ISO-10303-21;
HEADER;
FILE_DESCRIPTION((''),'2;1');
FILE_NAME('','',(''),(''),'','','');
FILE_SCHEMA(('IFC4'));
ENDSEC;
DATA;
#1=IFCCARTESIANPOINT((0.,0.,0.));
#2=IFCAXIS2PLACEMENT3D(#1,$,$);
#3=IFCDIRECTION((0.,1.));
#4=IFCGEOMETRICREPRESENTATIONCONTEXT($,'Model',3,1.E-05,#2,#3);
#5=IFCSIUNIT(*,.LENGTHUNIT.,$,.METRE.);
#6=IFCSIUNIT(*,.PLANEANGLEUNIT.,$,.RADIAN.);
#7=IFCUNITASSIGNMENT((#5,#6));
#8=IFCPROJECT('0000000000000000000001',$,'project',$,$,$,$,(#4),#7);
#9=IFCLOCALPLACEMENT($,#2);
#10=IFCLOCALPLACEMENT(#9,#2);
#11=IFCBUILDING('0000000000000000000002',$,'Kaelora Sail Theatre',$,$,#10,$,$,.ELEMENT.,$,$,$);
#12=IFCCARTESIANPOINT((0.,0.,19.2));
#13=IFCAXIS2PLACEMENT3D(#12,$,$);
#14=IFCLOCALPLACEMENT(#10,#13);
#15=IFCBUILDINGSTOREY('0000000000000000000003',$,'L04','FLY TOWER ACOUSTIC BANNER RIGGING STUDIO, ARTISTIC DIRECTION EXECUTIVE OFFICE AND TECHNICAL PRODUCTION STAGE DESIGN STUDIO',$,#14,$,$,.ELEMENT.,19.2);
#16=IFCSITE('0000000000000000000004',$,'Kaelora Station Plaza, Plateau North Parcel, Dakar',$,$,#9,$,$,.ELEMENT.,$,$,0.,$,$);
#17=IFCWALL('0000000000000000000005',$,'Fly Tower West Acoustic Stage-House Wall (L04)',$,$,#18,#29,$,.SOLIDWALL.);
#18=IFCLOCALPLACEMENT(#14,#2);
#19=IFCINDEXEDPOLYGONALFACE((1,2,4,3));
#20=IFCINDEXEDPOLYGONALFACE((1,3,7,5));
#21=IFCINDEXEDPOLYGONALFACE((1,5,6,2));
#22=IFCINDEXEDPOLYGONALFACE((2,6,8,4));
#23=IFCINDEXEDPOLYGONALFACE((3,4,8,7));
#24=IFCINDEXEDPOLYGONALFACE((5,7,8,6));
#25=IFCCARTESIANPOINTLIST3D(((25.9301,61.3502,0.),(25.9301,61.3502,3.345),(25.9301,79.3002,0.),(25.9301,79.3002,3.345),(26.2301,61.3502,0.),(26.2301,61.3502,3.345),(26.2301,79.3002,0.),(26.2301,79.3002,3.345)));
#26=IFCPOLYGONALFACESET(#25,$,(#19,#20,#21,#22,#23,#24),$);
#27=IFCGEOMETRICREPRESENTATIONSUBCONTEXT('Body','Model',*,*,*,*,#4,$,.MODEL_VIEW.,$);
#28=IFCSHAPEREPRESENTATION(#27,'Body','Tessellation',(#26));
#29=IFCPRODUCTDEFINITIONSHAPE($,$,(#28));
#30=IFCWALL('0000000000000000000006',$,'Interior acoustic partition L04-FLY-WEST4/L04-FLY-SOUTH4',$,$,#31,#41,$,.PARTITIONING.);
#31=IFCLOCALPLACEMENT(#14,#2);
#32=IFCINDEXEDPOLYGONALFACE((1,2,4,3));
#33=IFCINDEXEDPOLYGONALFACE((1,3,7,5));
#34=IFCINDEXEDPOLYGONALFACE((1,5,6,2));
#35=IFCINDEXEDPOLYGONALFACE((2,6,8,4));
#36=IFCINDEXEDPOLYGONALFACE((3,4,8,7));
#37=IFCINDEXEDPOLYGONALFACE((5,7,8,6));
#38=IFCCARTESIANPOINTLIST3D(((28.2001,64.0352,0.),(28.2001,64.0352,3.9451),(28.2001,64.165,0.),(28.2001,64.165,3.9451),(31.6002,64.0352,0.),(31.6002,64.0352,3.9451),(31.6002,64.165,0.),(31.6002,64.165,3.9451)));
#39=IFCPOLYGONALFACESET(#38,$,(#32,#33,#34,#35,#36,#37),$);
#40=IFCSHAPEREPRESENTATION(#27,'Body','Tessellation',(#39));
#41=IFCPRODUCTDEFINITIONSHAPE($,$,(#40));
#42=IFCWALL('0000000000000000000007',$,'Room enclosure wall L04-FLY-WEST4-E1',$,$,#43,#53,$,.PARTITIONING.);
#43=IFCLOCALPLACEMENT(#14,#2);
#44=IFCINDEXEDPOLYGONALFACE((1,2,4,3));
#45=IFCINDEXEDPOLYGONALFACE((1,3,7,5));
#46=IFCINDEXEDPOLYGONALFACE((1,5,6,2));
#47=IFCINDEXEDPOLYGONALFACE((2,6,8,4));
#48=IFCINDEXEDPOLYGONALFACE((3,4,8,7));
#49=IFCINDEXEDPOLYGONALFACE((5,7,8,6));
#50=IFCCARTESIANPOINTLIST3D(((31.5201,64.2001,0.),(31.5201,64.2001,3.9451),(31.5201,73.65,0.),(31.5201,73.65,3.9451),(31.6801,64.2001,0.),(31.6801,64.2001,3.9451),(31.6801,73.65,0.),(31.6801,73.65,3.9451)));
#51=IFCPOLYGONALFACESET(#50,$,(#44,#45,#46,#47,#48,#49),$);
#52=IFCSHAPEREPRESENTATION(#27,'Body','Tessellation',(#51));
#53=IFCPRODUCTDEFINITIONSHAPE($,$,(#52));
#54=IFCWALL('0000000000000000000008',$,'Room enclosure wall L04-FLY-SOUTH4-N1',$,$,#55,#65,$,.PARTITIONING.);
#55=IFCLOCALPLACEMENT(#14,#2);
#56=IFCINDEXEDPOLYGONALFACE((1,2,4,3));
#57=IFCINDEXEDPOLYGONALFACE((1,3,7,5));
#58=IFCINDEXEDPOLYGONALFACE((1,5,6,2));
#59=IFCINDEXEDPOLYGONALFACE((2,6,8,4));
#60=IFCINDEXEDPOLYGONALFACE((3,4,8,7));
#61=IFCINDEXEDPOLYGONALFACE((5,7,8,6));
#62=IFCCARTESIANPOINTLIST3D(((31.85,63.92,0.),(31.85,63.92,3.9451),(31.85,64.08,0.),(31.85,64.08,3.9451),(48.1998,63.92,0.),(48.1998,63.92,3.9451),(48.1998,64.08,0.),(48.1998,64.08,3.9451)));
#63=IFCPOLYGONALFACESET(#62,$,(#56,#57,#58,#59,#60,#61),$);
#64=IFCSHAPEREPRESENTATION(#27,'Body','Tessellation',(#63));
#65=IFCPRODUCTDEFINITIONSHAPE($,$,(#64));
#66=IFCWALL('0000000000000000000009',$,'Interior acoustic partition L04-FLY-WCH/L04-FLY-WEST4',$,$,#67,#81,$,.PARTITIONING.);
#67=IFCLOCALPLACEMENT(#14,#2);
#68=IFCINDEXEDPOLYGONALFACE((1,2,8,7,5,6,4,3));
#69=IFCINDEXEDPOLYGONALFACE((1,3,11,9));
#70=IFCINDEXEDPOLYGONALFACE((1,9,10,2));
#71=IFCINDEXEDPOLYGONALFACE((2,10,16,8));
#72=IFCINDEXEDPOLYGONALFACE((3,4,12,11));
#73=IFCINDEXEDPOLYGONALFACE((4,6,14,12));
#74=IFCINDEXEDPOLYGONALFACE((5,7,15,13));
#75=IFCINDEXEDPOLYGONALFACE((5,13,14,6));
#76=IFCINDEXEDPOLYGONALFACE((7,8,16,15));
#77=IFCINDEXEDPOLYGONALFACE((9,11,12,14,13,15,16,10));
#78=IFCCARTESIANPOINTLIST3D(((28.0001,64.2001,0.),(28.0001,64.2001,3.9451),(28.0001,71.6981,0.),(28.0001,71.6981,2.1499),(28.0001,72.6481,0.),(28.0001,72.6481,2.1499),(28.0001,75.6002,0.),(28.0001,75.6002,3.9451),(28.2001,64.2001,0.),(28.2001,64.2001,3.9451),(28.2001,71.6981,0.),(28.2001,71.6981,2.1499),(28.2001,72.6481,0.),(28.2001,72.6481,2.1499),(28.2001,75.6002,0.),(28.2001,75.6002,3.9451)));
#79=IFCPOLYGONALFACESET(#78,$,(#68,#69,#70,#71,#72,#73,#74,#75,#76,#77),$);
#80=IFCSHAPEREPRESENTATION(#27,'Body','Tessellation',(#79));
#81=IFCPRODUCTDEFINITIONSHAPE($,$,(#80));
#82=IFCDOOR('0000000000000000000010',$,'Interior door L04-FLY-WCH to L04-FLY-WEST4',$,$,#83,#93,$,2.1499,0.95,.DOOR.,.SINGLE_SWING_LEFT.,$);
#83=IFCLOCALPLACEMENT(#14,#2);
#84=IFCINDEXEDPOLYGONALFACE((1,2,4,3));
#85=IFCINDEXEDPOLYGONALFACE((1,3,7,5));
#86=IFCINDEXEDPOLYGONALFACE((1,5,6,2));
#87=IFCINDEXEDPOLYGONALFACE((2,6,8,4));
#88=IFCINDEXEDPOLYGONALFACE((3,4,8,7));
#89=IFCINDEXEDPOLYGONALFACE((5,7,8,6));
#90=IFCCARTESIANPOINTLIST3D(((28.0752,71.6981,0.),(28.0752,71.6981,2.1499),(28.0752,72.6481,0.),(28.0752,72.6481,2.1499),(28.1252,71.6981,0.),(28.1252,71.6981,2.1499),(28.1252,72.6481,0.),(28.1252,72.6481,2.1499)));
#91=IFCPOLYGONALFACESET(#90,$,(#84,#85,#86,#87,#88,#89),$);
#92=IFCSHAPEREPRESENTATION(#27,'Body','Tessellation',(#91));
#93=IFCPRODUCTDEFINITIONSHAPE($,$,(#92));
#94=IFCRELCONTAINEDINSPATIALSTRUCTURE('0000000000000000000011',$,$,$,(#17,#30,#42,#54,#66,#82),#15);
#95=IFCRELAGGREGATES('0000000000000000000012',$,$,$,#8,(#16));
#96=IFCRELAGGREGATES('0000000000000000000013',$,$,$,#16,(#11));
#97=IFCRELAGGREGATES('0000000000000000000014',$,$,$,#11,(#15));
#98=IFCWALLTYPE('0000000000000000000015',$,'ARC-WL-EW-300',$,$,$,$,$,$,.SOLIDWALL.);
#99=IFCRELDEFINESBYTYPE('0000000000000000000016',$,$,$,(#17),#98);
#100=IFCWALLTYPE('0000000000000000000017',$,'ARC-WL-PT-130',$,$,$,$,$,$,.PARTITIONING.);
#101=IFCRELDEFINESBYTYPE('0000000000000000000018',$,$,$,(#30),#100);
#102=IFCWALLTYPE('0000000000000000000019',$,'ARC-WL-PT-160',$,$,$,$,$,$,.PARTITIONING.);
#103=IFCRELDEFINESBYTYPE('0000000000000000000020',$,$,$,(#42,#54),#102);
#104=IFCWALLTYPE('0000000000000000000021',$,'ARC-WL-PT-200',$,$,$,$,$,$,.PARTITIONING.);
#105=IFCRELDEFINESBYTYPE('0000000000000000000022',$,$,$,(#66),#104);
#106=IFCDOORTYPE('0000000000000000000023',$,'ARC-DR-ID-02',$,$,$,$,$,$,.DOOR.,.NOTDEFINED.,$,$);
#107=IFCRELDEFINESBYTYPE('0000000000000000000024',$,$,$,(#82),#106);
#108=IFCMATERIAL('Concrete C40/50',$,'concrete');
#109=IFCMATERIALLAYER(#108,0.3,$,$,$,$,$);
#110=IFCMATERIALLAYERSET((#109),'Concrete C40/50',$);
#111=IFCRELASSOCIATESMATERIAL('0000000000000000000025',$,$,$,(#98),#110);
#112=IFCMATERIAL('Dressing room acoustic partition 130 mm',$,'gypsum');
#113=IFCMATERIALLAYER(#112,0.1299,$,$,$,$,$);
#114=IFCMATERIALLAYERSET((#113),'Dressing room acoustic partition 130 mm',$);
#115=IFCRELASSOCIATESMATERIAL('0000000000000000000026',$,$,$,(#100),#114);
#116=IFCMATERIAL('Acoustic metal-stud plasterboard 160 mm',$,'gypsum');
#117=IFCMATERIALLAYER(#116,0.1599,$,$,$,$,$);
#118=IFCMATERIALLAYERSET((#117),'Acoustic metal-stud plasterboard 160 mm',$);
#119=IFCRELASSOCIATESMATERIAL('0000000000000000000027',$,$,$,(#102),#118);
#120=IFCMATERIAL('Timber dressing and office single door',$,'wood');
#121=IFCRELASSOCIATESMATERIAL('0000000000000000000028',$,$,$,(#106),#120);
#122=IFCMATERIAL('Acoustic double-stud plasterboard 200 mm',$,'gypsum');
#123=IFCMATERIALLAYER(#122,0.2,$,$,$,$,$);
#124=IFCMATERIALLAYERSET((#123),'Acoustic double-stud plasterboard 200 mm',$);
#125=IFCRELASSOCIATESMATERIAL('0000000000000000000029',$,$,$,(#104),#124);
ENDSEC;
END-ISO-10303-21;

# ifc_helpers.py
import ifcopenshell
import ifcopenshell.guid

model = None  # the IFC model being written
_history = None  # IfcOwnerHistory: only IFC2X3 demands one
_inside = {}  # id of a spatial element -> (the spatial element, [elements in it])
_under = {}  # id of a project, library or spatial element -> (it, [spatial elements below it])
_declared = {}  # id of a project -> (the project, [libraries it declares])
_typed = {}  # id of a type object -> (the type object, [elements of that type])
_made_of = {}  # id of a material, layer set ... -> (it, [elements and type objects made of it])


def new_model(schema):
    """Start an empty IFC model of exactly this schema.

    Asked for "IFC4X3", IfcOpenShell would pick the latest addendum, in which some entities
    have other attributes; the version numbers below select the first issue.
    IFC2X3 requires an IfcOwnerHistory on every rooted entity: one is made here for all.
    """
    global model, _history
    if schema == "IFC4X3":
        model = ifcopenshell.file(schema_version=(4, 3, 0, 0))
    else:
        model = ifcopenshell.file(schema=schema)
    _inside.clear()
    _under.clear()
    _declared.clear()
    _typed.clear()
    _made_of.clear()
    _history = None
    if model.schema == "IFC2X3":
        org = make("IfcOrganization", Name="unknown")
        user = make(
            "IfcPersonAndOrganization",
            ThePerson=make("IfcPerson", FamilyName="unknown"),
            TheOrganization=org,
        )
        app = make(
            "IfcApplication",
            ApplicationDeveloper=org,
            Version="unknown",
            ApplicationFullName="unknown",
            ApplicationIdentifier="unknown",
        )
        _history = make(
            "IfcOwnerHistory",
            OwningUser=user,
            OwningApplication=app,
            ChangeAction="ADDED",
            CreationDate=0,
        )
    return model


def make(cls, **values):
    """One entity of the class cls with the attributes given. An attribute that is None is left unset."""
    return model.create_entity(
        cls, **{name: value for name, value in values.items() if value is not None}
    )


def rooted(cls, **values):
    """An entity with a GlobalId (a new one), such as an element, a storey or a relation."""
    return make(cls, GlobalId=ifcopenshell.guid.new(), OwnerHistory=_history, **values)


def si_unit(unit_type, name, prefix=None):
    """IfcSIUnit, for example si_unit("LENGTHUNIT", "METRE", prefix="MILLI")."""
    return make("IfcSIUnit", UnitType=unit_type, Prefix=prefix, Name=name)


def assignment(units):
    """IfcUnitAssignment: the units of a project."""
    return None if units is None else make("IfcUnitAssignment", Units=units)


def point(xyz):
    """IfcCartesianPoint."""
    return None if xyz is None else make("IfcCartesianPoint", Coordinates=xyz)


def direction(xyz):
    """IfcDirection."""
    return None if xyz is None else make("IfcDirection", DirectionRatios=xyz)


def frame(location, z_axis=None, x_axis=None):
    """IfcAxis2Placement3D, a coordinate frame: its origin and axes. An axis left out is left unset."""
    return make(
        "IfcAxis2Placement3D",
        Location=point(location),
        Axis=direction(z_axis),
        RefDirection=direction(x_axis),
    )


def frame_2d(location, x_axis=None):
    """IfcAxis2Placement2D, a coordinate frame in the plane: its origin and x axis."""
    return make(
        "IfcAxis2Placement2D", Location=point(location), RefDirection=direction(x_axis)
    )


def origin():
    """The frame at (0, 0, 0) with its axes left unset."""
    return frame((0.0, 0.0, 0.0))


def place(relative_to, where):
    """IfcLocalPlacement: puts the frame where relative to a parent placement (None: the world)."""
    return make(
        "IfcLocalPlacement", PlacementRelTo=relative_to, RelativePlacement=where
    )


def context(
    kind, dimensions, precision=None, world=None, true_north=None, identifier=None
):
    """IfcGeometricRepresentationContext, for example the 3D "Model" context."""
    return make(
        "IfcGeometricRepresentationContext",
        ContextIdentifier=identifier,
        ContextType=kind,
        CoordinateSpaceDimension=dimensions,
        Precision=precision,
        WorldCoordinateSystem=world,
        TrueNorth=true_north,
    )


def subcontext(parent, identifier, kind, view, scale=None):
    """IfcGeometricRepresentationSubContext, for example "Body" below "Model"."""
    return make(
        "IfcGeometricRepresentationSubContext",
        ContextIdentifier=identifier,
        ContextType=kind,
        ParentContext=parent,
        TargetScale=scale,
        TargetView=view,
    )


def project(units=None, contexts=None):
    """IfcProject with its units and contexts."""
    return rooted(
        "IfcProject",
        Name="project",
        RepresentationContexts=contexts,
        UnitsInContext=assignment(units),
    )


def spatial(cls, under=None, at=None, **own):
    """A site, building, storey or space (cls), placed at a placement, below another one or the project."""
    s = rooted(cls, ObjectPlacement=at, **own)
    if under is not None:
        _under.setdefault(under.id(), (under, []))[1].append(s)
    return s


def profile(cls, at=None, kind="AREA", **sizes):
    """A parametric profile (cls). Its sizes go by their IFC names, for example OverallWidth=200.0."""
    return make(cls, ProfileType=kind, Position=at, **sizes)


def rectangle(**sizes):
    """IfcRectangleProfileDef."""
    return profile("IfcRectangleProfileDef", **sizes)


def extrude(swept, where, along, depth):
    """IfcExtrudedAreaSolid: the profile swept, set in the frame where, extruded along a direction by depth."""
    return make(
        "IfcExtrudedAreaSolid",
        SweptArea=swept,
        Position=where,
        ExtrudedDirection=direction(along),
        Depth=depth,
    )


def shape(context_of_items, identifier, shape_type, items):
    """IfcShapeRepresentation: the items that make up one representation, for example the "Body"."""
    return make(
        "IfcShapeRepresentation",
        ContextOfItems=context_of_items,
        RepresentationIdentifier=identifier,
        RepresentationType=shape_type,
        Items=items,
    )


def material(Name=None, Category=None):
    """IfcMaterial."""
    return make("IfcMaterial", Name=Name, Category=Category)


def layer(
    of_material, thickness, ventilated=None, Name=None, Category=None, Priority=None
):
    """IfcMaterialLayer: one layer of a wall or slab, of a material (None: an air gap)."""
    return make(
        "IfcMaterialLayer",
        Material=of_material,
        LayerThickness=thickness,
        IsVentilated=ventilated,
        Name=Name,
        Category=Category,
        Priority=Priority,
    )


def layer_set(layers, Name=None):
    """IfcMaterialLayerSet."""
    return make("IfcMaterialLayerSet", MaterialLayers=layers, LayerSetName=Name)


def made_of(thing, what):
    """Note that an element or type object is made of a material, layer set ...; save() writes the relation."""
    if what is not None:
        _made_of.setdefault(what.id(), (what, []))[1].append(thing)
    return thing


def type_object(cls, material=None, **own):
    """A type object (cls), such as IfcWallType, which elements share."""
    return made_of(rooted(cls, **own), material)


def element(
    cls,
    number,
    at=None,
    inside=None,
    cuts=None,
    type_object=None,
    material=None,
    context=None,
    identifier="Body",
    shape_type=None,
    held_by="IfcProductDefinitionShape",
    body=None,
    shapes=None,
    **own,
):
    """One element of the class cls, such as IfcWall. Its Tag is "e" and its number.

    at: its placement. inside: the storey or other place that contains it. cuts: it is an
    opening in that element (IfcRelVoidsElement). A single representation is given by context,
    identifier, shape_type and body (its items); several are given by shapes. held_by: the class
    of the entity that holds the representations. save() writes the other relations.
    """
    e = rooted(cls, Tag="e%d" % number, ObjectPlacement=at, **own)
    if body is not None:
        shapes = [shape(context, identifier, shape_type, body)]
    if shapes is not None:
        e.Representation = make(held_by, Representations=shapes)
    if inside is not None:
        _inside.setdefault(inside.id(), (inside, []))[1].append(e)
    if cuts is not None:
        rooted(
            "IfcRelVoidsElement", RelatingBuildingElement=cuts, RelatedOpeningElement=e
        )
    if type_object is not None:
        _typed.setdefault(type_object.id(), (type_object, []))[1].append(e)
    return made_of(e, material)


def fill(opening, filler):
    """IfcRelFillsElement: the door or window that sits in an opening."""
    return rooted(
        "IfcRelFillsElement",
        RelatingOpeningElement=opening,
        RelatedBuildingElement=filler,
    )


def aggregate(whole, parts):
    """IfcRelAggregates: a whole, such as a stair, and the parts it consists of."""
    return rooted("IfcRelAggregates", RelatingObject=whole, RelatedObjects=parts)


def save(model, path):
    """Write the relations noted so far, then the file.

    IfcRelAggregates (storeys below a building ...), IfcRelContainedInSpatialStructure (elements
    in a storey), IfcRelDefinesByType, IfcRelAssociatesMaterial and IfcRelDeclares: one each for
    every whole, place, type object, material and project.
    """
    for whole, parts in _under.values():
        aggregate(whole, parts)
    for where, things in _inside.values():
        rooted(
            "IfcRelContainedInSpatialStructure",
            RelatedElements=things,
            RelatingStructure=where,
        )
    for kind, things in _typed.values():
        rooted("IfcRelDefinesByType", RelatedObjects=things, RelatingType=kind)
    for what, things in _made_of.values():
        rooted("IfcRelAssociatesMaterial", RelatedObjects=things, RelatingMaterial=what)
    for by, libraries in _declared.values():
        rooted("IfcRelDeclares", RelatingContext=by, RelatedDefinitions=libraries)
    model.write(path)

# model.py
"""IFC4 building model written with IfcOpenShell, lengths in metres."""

from ifc_helpers import new_model, si_unit, direction, frame, frame_2d, origin, place, context, subcontext, project, spatial, rectangle, extrude, material, layer, layer_set, type_object, element, fill, save


model = new_model("IFC4")

# Units and contexts
model_context = context("Model", 3, precision=1e-05, world=origin(), true_north=direction((0.0, 1.0)))
body_context = subcontext(model_context, "Body", "Model", "MODEL_VIEW")
ifc_project = project(units=[si_unit("LENGTHUNIT", "METRE"), si_unit("PLANEANGLEUNIT", "RADIAN")], contexts=[model_context])

# Site, building, storey
site_placement = place(None, origin())
site = spatial("IfcSite", under=ifc_project, at=site_placement, Name="Kaelora Station Plaza, Plateau North Parcel, Dakar", CompositionType="ELEMENT", RefElevation=0.0)
building_placement = place(site_placement, origin())
building = spatial("IfcBuilding", under=site, at=building_placement, Name="Kaelora Sail Theatre", CompositionType="ELEMENT")
storey_placement = place(building_placement, frame((0.0, 0.0, 19.2)))
storey = spatial("IfcBuildingStorey", under=building, at=storey_placement, Name="L04", Description="FLY TOWER ACOUSTIC BANNER RIGGING STUDIO, ARTISTIC DIRECTION EXECUTIVE OFFICE AND TECHNICAL PRODUCTION STAGE DESIGN STUDIO", CompositionType="ELEMENT", Elevation=19.2)

# Walls
ifc_material_1 = material(Name="Concrete C40/50", Category="concrete")
ifc_layer_1 = layer(ifc_material_1, 0.3)
ifc_layer_set_1 = layer_set([ifc_layer_1], Name="Concrete C40/50")
wall_type_1 = type_object("IfcWallType", Name="ARC-WL-EW-300", PredefinedType="SOLIDWALL", material=ifc_layer_set_1)
wall_1_placement = place(storey_placement, frame((26.0801, 61.3501, 0.0), z_axis=(0.0, 0.0, 1.0), x_axis=(0.0, 1.0, 0.0)))
element("IfcWall", 1, at=wall_1_placement, inside=storey, type_object=wall_type_1, Name="Fly Tower West Acoustic Stage-House Wall (L04)", PredefinedType="SOLIDWALL", context=body_context, shape_type="SweptSolid", body=[
    extrude(rectangle(XDim=17.95, YDim=0.3, at=frame_2d((8.9751, 0.0))), origin(), (0.0, 0.0, 1.0), 3.345),
])
ifc_material_2 = material(Name="Dressing room acoustic partition 130 mm", Category="gypsum")
ifc_layer_2 = layer(ifc_material_2, 0.1299)
ifc_layer_set_2 = layer_set([ifc_layer_2], Name="Dressing room acoustic partition 130 mm")
wall_type_2 = type_object("IfcWallType", Name="ARC-WL-PT-130", PredefinedType="PARTITIONING", material=ifc_layer_set_2)
wall_2_placement = place(storey_placement, frame((28.2, 64.1001, 0.0), z_axis=(0.0, 0.0, 1.0), x_axis=(1.0, 0.0, 0.0)))
element("IfcWall", 2, at=wall_2_placement, inside=storey, type_object=wall_type_2, Name="Interior acoustic partition L04-FLY-WEST4/L04-FLY-SOUTH4", PredefinedType="PARTITIONING", context=body_context, shape_type="SweptSolid", body=[
    extrude(rectangle(XDim=3.4001, YDim=0.1299, at=frame_2d((1.7002, 0.0))), origin(), (0.0, 0.0, 1.0), 3.9451),
])
ifc_material_3 = material(Name="Acoustic metal-stud plasterboard 160 mm", Category="gypsum")
ifc_layer_3 = layer(ifc_material_3, 0.1599)
ifc_layer_set_3 = layer_set([ifc_layer_3], Name="Acoustic metal-stud plasterboard 160 mm")
wall_type_3 = type_object("IfcWallType", Name="ARC-WL-PT-160", PredefinedType="PARTITIONING", material=ifc_layer_set_3)
wall_3_placement = place(storey_placement, frame((31.6001, 64.2, 0.0), z_axis=(0.0, 0.0, 1.0), x_axis=(0.0, 1.0, 0.0)))
element("IfcWall", 3, at=wall_3_placement, inside=storey, type_object=wall_type_3, Name="Room enclosure wall L04-FLY-WEST4-E1", PredefinedType="PARTITIONING", context=body_context, shape_type="SweptSolid", body=[
    extrude(rectangle(XDim=9.45, YDim=0.1599, at=frame_2d((4.7251, 0.0))), origin(), (0.0, 0.0, 1.0), 3.9451),
])
wall_4_placement = place(storey_placement, frame((31.8501, 64.0, 0.0), z_axis=(0.0, 0.0, 1.0), x_axis=(1.0, 0.0, 0.0)))
element("IfcWall", 4, at=wall_4_placement, inside=storey, type_object=wall_type_3, Name="Room enclosure wall L04-FLY-SOUTH4-N1", PredefinedType="PARTITIONING", context=body_context, shape_type="SweptSolid", body=[
    extrude(rectangle(XDim=16.3499, YDim=0.1599, at=frame_2d((8.1748, 0.0))), origin(), (0.0, 0.0, 1.0), 3.9451),
])

# Wall, opening, door
ifc_material_4 = material(Name="Timber dressing and office single door", Category="wood")
door_type = type_object("IfcDoorType", Name="ARC-DR-ID-02", OperationType="NOTDEFINED", PredefinedType="DOOR", material=ifc_material_4)
ifc_material_5 = material(Name="Acoustic double-stud plasterboard 200 mm", Category="gypsum")
ifc_layer_4 = layer(ifc_material_5, 0.2)
ifc_layer_set_4 = layer_set([ifc_layer_4], Name="Acoustic double-stud plasterboard 200 mm")
wall_type_4 = type_object("IfcWallType", Name="ARC-WL-PT-200", PredefinedType="PARTITIONING", material=ifc_layer_set_4)
wall_5_placement = place(storey_placement, frame((28.1001, 64.2, 0.0), z_axis=(0.0, 0.0, 1.0), x_axis=(0.0, 1.0, 0.0)))
wall_5 = element("IfcWall", 5, at=wall_5_placement, inside=storey, type_object=wall_type_4, Name="Interior acoustic partition L04-FLY-WCH/L04-FLY-WEST4", PredefinedType="PARTITIONING", context=body_context, shape_type="SweptSolid", body=[
    extrude(rectangle(XDim=11.4001, YDim=0.2, at=frame_2d((5.7002, 0.0))), origin(), (0.0, 0.0, 1.0), 3.9451),
])
opening_1_placement = place(wall_5_placement, frame((7.498, 0.0, 0.0)))
opening_1 = element("IfcOpeningElement", 6, at=opening_1_placement, cuts=wall_5, PredefinedType="OPENING", context=body_context, shape_type="SweptSolid", body=[
    extrude(rectangle(XDim=0.95, YDim=2.1499, at=frame_2d((0.4751, 1.075))), frame((0.0, 0.1101, 0.0), z_axis=(0.0, -1.0, 0.0), x_axis=(1.0, 0.0, 0.0)), (0.0, 0.0, 1.0), 0.22),
])
door_1_placement = place(opening_1_placement, origin())
door_1 = element("IfcDoor", 7, at=door_1_placement, inside=storey, type_object=door_type, Name="Interior door L04-FLY-WCH to L04-FLY-WEST4", OperationType="SINGLE_SWING_LEFT", OverallHeight=2.1499, OverallWidth=0.95, PredefinedType="DOOR", context=body_context, shape_type="SweptSolid", body=[
    extrude(rectangle(XDim=0.95, YDim=2.1499, at=frame_2d((0.4751, 1.075))), frame((0.0, 0.0249, 0.0), z_axis=(0.0, -1.0, 0.0), x_axis=(1.0, 0.0, 0.0)), (0.0, 0.0, 1.0), 0.05),
])
fill(opening_1, door_1)

save(model, "model.ifc")
